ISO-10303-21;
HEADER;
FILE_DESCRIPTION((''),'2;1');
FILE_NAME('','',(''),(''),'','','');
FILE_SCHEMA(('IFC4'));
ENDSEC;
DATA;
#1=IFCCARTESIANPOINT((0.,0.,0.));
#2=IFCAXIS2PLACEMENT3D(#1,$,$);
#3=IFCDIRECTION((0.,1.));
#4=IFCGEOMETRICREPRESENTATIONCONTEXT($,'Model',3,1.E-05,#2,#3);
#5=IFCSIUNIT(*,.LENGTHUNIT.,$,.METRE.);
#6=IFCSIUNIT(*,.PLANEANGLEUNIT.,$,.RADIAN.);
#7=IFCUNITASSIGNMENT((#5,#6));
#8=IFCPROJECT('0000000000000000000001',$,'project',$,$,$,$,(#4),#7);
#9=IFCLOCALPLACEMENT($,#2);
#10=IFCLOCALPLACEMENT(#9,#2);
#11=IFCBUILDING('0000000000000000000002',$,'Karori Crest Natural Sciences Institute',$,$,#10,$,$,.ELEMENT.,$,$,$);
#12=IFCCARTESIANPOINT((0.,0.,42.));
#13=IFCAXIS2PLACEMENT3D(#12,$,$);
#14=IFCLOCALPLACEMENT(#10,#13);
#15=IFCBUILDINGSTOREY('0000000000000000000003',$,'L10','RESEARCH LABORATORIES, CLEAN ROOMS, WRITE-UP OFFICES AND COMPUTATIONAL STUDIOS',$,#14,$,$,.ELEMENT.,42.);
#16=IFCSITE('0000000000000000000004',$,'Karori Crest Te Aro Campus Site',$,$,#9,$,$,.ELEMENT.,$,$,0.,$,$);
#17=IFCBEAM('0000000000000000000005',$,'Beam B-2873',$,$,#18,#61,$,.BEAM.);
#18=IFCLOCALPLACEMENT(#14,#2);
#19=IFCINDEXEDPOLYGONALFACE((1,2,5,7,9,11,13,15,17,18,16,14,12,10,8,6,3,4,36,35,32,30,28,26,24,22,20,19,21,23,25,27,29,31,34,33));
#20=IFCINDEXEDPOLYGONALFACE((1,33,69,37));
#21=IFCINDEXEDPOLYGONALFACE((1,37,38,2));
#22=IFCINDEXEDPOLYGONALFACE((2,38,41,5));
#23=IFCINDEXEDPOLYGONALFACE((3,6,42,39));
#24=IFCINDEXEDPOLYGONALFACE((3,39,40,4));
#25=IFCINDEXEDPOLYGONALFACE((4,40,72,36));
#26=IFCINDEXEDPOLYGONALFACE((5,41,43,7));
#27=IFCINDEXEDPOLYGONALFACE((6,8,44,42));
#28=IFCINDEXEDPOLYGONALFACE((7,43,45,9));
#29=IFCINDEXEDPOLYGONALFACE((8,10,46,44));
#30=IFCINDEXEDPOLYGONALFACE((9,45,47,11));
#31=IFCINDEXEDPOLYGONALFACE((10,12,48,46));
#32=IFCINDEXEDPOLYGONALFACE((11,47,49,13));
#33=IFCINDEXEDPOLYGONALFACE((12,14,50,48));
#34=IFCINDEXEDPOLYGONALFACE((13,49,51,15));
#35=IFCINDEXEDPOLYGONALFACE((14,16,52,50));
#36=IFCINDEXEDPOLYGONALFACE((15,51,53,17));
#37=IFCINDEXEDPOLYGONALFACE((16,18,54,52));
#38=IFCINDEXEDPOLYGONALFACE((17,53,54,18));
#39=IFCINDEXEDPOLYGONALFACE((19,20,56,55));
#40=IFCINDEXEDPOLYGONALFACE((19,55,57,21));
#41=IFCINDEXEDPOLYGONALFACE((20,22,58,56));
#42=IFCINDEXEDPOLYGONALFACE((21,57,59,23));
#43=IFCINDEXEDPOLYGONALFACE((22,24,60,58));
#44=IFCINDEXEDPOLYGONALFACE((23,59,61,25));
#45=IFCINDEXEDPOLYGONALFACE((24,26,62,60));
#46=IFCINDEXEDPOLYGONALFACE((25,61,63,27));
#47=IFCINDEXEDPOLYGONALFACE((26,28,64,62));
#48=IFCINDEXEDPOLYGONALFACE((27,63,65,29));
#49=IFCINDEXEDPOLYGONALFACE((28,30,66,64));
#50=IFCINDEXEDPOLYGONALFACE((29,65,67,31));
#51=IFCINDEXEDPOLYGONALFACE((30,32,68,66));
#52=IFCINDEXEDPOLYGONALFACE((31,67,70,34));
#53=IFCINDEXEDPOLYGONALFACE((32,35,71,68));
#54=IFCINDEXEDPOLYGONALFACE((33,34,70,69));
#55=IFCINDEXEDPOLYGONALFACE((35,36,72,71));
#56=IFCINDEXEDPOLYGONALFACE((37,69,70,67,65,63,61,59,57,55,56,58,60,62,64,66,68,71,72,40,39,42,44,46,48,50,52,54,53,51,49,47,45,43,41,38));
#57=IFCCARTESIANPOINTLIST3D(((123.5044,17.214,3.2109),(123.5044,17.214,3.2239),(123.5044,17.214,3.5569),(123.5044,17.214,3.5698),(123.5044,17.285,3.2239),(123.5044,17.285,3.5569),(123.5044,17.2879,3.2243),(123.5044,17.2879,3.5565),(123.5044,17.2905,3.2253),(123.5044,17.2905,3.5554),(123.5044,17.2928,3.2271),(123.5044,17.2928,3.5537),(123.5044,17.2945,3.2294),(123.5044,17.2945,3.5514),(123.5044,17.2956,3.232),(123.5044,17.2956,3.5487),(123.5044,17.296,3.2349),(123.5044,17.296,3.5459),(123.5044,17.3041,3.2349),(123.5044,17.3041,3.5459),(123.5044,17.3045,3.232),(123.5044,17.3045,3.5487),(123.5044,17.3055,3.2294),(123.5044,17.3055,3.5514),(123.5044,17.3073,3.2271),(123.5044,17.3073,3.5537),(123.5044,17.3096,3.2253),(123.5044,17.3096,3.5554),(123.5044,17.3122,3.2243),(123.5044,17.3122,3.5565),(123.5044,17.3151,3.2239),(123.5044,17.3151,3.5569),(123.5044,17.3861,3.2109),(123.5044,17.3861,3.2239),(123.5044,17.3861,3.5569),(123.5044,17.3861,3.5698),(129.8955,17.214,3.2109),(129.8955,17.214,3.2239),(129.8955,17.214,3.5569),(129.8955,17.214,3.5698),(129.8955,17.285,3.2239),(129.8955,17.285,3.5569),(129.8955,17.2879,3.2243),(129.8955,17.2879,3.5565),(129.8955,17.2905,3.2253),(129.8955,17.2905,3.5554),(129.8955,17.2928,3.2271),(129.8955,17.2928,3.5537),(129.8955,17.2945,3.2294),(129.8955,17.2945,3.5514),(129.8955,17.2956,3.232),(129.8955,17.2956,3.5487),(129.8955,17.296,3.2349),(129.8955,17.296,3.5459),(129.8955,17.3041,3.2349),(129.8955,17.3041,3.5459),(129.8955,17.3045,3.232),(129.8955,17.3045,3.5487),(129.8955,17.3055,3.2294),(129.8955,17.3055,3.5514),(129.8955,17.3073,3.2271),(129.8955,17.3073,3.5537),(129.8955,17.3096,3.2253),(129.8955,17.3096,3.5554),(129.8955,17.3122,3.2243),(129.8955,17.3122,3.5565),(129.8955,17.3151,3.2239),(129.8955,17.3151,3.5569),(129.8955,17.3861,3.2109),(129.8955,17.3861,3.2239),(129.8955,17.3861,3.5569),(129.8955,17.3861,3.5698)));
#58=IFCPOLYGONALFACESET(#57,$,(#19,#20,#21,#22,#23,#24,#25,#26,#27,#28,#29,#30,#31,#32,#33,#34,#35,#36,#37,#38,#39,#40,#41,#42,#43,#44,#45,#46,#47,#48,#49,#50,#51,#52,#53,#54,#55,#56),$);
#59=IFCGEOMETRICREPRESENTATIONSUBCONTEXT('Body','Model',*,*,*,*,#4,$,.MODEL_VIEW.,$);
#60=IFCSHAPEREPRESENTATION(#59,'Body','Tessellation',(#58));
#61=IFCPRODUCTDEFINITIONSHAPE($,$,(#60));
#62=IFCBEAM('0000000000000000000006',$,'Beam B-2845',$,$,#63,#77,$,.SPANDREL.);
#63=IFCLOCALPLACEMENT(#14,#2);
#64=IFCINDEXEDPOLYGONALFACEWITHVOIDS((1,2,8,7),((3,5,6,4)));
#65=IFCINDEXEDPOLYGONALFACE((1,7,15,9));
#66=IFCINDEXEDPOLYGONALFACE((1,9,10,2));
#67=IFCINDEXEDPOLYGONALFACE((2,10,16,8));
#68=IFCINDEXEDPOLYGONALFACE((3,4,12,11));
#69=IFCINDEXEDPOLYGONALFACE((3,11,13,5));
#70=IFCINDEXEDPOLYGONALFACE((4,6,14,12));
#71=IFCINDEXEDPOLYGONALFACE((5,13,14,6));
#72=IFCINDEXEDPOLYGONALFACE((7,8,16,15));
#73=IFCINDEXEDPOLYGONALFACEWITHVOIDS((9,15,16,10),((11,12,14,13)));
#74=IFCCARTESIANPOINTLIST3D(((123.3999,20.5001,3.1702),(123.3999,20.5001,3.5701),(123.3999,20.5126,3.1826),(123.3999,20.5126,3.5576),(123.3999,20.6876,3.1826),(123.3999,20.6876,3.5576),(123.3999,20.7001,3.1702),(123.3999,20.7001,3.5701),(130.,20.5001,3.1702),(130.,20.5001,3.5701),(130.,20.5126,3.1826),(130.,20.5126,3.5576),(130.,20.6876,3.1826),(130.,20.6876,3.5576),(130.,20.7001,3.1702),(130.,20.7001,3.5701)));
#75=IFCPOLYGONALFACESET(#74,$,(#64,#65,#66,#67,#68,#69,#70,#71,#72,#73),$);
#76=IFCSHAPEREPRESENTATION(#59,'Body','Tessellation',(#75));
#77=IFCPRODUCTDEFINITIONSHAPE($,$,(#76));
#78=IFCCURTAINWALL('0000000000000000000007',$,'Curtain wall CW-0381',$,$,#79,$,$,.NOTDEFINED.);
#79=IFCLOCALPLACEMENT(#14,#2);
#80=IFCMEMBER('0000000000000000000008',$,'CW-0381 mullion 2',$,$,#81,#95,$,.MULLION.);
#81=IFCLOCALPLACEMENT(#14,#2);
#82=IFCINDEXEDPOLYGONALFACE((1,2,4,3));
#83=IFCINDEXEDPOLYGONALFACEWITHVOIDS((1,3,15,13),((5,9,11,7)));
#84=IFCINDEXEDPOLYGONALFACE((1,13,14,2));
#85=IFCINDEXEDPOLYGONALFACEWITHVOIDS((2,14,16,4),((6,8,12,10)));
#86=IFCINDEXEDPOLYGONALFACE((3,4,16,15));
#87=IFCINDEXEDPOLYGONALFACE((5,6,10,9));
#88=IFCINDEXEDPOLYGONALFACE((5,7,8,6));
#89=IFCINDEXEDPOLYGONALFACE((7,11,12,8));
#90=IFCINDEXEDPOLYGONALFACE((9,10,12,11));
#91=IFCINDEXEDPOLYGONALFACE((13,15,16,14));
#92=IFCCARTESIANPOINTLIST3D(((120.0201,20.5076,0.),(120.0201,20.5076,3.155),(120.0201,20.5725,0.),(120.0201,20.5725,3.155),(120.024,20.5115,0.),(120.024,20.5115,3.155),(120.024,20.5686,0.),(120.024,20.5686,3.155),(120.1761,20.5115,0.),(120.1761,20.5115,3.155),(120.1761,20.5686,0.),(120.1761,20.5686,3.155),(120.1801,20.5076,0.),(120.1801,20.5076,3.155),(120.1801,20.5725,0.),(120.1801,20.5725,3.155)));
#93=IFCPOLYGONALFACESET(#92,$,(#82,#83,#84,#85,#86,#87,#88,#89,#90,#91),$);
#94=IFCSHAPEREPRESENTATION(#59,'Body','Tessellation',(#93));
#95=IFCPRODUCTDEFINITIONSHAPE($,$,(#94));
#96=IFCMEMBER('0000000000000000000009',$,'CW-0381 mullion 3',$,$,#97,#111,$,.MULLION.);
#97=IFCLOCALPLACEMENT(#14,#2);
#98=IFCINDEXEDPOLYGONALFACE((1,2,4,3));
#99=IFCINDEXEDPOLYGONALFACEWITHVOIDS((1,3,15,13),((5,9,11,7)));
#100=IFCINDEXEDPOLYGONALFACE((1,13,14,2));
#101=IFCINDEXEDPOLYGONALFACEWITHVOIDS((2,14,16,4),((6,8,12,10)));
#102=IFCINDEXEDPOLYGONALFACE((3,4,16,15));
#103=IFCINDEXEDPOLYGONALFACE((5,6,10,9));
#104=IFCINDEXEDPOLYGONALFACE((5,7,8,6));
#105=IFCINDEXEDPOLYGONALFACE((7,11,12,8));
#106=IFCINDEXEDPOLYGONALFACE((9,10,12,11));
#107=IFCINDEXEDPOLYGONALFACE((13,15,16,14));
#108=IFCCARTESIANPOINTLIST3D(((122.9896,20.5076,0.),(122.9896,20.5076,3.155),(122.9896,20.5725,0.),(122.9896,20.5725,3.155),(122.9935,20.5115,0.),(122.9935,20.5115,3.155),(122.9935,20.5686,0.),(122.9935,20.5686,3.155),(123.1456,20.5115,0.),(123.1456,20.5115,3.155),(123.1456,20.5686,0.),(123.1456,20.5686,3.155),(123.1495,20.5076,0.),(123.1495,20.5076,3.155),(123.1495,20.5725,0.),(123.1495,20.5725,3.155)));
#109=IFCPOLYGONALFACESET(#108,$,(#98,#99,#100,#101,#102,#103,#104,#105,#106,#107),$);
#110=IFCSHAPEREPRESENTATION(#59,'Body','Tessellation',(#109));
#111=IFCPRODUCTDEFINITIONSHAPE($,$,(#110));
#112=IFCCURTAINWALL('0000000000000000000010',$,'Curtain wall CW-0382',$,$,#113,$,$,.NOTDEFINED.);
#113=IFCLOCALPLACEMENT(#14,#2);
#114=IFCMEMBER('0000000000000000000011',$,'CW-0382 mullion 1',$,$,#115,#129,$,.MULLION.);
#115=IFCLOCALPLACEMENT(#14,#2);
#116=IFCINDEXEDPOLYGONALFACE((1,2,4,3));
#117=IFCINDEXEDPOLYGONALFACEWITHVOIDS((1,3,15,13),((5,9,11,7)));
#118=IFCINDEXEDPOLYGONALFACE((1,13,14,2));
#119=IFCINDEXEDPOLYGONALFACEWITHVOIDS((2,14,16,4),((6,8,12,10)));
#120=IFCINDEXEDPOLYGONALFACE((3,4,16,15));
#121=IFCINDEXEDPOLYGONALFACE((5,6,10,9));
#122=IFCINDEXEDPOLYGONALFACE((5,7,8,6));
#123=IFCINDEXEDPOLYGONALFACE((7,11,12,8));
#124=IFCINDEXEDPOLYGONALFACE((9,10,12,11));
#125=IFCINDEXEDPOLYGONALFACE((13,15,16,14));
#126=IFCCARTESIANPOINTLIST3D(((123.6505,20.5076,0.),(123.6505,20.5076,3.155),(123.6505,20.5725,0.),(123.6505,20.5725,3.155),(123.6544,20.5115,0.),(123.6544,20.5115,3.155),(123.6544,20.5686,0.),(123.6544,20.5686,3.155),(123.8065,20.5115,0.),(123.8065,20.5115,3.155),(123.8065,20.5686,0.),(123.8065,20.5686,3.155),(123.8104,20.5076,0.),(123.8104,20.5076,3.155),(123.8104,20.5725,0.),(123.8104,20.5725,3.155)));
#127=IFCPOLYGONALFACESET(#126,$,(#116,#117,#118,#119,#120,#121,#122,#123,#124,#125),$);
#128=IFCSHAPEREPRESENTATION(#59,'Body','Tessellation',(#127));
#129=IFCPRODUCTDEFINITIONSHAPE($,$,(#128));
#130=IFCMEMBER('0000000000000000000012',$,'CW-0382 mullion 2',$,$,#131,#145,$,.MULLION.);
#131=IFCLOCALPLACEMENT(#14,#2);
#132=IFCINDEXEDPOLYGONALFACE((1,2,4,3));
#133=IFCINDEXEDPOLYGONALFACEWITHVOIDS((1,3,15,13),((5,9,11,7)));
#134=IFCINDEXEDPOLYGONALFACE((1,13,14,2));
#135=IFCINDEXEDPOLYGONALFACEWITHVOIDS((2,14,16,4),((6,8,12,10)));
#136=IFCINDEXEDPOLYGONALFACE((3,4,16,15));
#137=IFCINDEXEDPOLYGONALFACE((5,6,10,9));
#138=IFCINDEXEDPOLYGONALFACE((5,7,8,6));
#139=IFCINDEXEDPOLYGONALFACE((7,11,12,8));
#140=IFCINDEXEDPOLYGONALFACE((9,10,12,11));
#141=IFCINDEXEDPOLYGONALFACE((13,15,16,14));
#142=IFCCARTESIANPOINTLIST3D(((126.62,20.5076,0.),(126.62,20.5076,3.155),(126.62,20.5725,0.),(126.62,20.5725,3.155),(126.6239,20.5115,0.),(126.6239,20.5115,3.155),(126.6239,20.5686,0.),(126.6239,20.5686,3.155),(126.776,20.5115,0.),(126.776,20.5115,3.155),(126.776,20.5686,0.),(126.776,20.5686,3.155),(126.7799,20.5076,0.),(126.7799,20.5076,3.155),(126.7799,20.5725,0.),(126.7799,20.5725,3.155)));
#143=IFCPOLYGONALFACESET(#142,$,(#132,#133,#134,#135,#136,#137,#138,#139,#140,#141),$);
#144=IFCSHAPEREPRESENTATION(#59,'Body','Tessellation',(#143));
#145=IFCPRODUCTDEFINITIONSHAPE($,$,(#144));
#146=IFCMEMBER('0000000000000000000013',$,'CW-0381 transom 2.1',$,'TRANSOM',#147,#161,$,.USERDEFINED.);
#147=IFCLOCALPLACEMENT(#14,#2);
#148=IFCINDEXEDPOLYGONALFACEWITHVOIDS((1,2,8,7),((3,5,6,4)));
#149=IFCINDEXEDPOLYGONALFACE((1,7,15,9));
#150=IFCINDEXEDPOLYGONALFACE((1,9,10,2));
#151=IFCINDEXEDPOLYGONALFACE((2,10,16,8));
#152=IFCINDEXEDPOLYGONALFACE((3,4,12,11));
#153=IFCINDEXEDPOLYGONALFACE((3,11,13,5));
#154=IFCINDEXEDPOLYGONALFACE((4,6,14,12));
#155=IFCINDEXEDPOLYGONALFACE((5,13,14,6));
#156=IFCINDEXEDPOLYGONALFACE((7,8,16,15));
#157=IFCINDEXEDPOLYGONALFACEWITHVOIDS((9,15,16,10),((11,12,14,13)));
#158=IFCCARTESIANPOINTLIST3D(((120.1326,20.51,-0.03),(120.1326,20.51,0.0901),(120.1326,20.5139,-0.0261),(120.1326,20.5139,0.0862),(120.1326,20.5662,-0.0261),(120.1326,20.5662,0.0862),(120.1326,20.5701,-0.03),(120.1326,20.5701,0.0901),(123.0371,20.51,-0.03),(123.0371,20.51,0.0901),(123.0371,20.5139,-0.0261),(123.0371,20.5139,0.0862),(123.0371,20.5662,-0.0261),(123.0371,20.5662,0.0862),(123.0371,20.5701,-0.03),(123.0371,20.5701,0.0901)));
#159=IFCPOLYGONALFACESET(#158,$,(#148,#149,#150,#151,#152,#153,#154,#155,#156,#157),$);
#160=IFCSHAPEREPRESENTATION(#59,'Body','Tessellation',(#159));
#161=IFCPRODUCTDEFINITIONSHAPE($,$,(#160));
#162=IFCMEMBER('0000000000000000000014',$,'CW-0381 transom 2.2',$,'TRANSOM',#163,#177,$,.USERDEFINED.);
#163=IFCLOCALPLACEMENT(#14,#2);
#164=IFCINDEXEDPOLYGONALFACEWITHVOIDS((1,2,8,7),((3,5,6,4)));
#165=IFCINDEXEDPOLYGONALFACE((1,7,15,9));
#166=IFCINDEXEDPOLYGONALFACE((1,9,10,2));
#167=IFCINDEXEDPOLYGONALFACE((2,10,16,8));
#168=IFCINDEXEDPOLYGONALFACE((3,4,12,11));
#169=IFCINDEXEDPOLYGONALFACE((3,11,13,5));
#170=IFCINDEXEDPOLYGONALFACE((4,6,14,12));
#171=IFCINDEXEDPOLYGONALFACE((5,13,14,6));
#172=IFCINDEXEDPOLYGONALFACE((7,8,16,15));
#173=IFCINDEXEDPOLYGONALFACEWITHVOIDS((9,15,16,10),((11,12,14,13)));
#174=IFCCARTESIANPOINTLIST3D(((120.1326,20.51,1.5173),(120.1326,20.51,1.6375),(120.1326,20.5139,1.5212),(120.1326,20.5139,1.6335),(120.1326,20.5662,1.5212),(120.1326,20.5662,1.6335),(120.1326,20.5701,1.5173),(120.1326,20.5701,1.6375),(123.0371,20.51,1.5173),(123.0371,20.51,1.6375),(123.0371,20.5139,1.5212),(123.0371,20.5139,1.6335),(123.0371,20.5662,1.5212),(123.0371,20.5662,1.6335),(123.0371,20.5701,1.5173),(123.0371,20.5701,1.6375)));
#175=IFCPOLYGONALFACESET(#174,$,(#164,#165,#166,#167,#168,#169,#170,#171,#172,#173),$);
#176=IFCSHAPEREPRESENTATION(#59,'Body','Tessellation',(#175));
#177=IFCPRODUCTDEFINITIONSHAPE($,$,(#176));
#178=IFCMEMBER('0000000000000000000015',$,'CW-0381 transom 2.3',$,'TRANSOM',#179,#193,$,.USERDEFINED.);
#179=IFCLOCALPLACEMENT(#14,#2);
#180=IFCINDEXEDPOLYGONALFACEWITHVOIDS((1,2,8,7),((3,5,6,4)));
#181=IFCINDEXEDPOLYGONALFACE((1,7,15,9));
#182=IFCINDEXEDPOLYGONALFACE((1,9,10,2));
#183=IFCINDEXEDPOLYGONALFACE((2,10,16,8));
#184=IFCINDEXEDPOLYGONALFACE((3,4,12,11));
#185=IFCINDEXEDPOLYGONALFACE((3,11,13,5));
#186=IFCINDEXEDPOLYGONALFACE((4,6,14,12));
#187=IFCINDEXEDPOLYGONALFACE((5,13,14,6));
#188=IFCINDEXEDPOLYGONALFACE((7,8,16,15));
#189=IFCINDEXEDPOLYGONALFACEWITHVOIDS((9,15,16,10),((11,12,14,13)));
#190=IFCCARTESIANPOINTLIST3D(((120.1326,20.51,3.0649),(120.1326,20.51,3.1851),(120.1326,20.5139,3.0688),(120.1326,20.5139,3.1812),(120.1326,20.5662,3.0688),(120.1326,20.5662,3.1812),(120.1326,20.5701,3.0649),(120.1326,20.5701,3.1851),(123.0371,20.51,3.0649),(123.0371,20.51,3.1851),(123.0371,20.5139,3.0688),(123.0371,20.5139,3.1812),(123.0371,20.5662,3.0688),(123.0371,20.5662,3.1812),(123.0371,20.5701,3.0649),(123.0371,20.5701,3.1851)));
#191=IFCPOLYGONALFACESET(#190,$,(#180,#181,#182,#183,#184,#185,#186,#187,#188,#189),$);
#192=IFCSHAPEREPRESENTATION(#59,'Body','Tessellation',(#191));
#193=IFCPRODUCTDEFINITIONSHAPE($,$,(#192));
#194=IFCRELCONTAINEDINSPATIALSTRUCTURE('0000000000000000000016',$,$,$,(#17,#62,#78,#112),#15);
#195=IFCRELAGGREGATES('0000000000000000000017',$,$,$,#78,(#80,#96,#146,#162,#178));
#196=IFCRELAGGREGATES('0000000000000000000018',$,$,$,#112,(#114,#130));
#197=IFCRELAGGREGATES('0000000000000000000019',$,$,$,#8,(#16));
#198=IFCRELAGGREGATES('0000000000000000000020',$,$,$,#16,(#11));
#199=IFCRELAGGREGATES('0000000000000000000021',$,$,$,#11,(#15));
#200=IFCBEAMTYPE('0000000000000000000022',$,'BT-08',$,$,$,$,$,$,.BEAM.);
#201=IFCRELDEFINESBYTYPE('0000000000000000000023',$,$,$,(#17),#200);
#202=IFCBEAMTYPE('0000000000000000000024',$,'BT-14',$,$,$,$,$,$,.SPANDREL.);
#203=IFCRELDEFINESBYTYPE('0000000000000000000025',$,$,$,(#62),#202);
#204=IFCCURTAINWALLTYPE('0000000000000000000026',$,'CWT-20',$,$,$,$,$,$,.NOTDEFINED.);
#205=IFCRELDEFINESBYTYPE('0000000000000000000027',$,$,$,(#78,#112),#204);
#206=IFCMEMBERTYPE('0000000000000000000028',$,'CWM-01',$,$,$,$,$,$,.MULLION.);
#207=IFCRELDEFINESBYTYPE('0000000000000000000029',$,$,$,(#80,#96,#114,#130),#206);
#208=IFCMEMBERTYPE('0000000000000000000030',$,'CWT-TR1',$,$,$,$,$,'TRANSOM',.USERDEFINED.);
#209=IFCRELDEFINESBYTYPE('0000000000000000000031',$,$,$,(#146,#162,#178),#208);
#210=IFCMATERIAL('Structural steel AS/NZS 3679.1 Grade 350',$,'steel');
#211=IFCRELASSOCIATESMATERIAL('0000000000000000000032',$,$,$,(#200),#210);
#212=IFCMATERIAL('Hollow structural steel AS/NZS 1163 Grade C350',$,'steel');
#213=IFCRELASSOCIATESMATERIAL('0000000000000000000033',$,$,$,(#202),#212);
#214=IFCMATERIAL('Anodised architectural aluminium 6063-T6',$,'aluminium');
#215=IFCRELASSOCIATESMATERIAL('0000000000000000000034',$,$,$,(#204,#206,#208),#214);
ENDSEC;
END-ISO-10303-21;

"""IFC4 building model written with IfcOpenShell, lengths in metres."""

from ifc_helpers import new_model, si_unit, direction, frame, origin, origin_2d, place, context, subcontext, project, spatial, hollow_rectangle, i_section, extrude, material, material_profile, profile_set, type_object, element, aggregate, save


model = new_model("IFC4")

# Units and contexts
model_context = context("Model", 3, precision=1e-05, world=origin(), true_north=direction((0.0, 1.0)))
body_context = subcontext(model_context, "Body", "Model", "MODEL_VIEW")
ifc_project = project(units=[si_unit("LENGTHUNIT", "METRE"), si_unit("PLANEANGLEUNIT", "RADIAN")], contexts=[model_context])

# Site, building, storey
site_placement = place(None, origin())
site = spatial("IfcSite", under=ifc_project, at=site_placement, Name="Karori Crest Te Aro Campus Site", CompositionType="ELEMENT", RefElevation=0.0)
building_placement = place(site_placement, origin())
building = spatial("IfcBuilding", under=site, at=building_placement, Name="Karori Crest Natural Sciences Institute", CompositionType="ELEMENT")
storey_placement = place(building_placement, frame((0.0, 0.0, 42.0)))
storey = spatial("IfcBuildingStorey", under=building, at=storey_placement, Name="L10", Description="RESEARCH LABORATORIES, CLEAN ROOMS, WRITE-UP OFFICES AND COMPUTATIONAL STUDIOS", CompositionType="ELEMENT", Elevation=42.0)

# Shared definitions
ifc_material_1 = material(Name="Structural steel AS/NZS 3679.1 Grade 350", Category="steel")

# Beams
ifc_material_profile_1 = material_profile(ifc_material_1, i_section(OverallWidth=0.1721, OverallDepth=0.3589, WebThickness=0.0081, FlangeThickness=0.0129, FilletRadius=0.011, at=origin_2d()), Name="360UB56.7")
ifc_profile_set_1 = profile_set([ifc_material_profile_1], Name="Structural steel AS/NZS 3679.1 Grade 350")
beam_type_1 = type_object("IfcBeamType", Name="BT-08", PredefinedType="BEAM", material=ifc_profile_set_1)
beam_1_placement = place(storey_placement, frame((123.5044, 17.3, 3.3904), z_axis=(1.0, 0.0, 0.0), x_axis=(0.0, 1.0, 0.0)))
element("IfcBeam", 1, at=beam_1_placement, inside=storey, type_object=beam_type_1, Name="Beam B-2873", PredefinedType="BEAM", context=body_context, shape_type="SweptSolid", body=[
    extrude(i_section(OverallWidth=0.1721, OverallDepth=0.3589, WebThickness=0.0081, FlangeThickness=0.0129, FilletRadius=0.011, at=origin_2d()), origin(), (0.0, 0.0, 1.0), 6.3911),
])
ifc_material_2 = material(Name="Hollow structural steel AS/NZS 1163 Grade C350", Category="steel")
ifc_material_profile_2 = material_profile(ifc_material_2, hollow_rectangle(XDim=0.2, YDim=0.3999, WallThickness=0.0125, at=origin_2d()), Name="RHS400x200x12.5")
ifc_profile_set_2 = profile_set([ifc_material_profile_2], Name="Hollow structural steel AS/NZS 1163 Grade C350")
beam_type_2 = type_object("IfcBeamType", Name="BT-14", PredefinedType="SPANDREL", material=ifc_profile_set_2)
beam_2_placement = place(storey_placement, frame((123.3999, 20.6001, 3.3701), z_axis=(1.0, 0.0, 0.0), x_axis=(0.0, 1.0, 0.0)))
element("IfcBeam", 2, at=beam_2_placement, inside=storey, type_object=beam_type_2, Name="Beam B-2845", PredefinedType="SPANDREL", context=body_context, shape_type="SweptSolid", body=[
    extrude(hollow_rectangle(XDim=0.2, YDim=0.3999, WallThickness=0.0125, at=origin_2d()), origin(), (0.0, 0.0, 1.0), 6.6001),
])

# Curtain walls, members
ifc_material_3 = material(Name="Anodised architectural aluminium 6063-T6", Category="aluminium")
curtain_wall_type = type_object("IfcCurtainWallType", Name="CWT-20", PredefinedType="NOTDEFINED", material=ifc_material_3)
curtain_wall_1_placement = place(storey_placement, origin())
curtain_wall_1 = element("IfcCurtainWall", 3, at=curtain_wall_1_placement, inside=storey, type_object=curtain_wall_type, Name="Curtain wall CW-0381", PredefinedType="NOTDEFINED")
ifc_material_profile_3 = material_profile(ifc_material_3, hollow_rectangle(XDim=0.0649, YDim=0.1599, WallThickness=0.0039, at=origin_2d()), Name="CWM160x65x4")
ifc_profile_set_3 = profile_set([ifc_material_profile_3], Name="Anodised architectural aluminium 6063-T6")
member_type_1 = type_object("IfcMemberType", Name="CWM-01", PredefinedType="MULLION", material=ifc_profile_set_3)
member_1_placement = place(storey_placement, frame((120.1001, 20.54, 0.0), z_axis=(0.0, 0.0, 1.0), x_axis=(0.0, 1.0, 0.0)))
member_1 = element("IfcMember", 4, at=member_1_placement, type_object=member_type_1, Name="CW-0381 mullion 2", PredefinedType="MULLION", context=body_context, shape_type="SweptSolid", body=[
    extrude(hollow_rectangle(XDim=0.0649, YDim=0.1599, WallThickness=0.0039, at=origin_2d()), origin(), (0.0, 0.0, 1.0), 3.155),
])
member_2_placement = place(storey_placement, frame((123.0696, 20.54, 0.0), z_axis=(0.0, 0.0, 1.0), x_axis=(0.0, 1.0, 0.0)))
member_2 = element("IfcMember", 5, at=member_2_placement, type_object=member_type_1, Name="CW-0381 mullion 3", PredefinedType="MULLION", context=body_context, shape_type="SweptSolid", body=[
    extrude(hollow_rectangle(XDim=0.0649, YDim=0.1599, WallThickness=0.0039, at=origin_2d()), origin(), (0.0, 0.0, 1.0), 3.155),
])
curtain_wall_2_placement = place(storey_placement, origin())
curtain_wall_2 = element("IfcCurtainWall", 6, at=curtain_wall_2_placement, inside=storey, type_object=curtain_wall_type, Name="Curtain wall CW-0382", PredefinedType="NOTDEFINED")
member_3_placement = place(storey_placement, frame((123.7305, 20.54, 0.0), z_axis=(0.0, 0.0, 1.0), x_axis=(0.0, 1.0, 0.0)))
member_3 = element("IfcMember", 7, at=member_3_placement, type_object=member_type_1, Name="CW-0382 mullion 1", PredefinedType="MULLION", context=body_context, shape_type="SweptSolid", body=[
    extrude(hollow_rectangle(XDim=0.0649, YDim=0.1599, WallThickness=0.0039, at=origin_2d()), origin(), (0.0, 0.0, 1.0), 3.155),
])
member_4_placement = place(storey_placement, frame((126.7, 20.54, 0.0), z_axis=(0.0, 0.0, 1.0), x_axis=(0.0, 1.0, 0.0)))
member_4 = element("IfcMember", 8, at=member_4_placement, type_object=member_type_1, Name="CW-0382 mullion 2", PredefinedType="MULLION", context=body_context, shape_type="SweptSolid", body=[
    extrude(hollow_rectangle(XDim=0.0649, YDim=0.1599, WallThickness=0.0039, at=origin_2d()), origin(), (0.0, 0.0, 1.0), 3.155),
])

# Members
ifc_material_profile_4 = material_profile(ifc_material_3, hollow_rectangle(XDim=0.0601, YDim=0.1201, WallThickness=0.0039, at=origin_2d()), Name="CWT120x60x4")
ifc_profile_set_4 = profile_set([ifc_material_profile_4], Name="Anodised architectural aluminium 6063-T6")
member_type_2 = type_object("IfcMemberType", Name="CWT-TR1", ElementType="TRANSOM", PredefinedType="USERDEFINED", material=ifc_profile_set_4)
member_5_placement = place(storey_placement, frame((120.1326, 20.54, 0.03), z_axis=(1.0, 0.0, 0.0), x_axis=(0.0, 1.0, 0.0)))
member_5 = element("IfcMember", 9, at=member_5_placement, type_object=member_type_2, Name="CW-0381 transom 2.1", ObjectType="TRANSOM", PredefinedType="USERDEFINED", context=body_context, shape_type="SweptSolid", body=[
    extrude(hollow_rectangle(XDim=0.0601, YDim=0.1201, WallThickness=0.0039, at=origin_2d()), origin(), (0.0, 0.0, 1.0), 2.9045),
])
member_6_placement = place(storey_placement, frame((120.1326, 20.54, 1.5774), z_axis=(1.0, 0.0, 0.0), x_axis=(0.0, 1.0, 0.0)))
member_6 = element("IfcMember", 10, at=member_6_placement, type_object=member_type_2, Name="CW-0381 transom 2.2", ObjectType="TRANSOM", PredefinedType="USERDEFINED", context=body_context, shape_type="SweptSolid", body=[
    extrude(hollow_rectangle(XDim=0.0601, YDim=0.1201, WallThickness=0.0039, at=origin_2d()), origin(), (0.0, 0.0, 1.0), 2.9045),
])
member_7_placement = place(storey_placement, frame((120.1326, 20.54, 3.125), z_axis=(1.0, 0.0, 0.0), x_axis=(0.0, 1.0, 0.0)))
member_7 = element("IfcMember", 11, at=member_7_placement, type_object=member_type_2, Name="CW-0381 transom 2.3", ObjectType="TRANSOM", PredefinedType="USERDEFINED", context=body_context, shape_type="SweptSolid", body=[
    extrude(hollow_rectangle(XDim=0.0601, YDim=0.1201, WallThickness=0.0039, at=origin_2d()), origin(), (0.0, 0.0, 1.0), 2.9045),
])

aggregate(curtain_wall_1, [member_1, member_2, member_5, member_6, member_7])
aggregate(curtain_wall_2, [member_3, member_4])

save(model, "model.ifc")
